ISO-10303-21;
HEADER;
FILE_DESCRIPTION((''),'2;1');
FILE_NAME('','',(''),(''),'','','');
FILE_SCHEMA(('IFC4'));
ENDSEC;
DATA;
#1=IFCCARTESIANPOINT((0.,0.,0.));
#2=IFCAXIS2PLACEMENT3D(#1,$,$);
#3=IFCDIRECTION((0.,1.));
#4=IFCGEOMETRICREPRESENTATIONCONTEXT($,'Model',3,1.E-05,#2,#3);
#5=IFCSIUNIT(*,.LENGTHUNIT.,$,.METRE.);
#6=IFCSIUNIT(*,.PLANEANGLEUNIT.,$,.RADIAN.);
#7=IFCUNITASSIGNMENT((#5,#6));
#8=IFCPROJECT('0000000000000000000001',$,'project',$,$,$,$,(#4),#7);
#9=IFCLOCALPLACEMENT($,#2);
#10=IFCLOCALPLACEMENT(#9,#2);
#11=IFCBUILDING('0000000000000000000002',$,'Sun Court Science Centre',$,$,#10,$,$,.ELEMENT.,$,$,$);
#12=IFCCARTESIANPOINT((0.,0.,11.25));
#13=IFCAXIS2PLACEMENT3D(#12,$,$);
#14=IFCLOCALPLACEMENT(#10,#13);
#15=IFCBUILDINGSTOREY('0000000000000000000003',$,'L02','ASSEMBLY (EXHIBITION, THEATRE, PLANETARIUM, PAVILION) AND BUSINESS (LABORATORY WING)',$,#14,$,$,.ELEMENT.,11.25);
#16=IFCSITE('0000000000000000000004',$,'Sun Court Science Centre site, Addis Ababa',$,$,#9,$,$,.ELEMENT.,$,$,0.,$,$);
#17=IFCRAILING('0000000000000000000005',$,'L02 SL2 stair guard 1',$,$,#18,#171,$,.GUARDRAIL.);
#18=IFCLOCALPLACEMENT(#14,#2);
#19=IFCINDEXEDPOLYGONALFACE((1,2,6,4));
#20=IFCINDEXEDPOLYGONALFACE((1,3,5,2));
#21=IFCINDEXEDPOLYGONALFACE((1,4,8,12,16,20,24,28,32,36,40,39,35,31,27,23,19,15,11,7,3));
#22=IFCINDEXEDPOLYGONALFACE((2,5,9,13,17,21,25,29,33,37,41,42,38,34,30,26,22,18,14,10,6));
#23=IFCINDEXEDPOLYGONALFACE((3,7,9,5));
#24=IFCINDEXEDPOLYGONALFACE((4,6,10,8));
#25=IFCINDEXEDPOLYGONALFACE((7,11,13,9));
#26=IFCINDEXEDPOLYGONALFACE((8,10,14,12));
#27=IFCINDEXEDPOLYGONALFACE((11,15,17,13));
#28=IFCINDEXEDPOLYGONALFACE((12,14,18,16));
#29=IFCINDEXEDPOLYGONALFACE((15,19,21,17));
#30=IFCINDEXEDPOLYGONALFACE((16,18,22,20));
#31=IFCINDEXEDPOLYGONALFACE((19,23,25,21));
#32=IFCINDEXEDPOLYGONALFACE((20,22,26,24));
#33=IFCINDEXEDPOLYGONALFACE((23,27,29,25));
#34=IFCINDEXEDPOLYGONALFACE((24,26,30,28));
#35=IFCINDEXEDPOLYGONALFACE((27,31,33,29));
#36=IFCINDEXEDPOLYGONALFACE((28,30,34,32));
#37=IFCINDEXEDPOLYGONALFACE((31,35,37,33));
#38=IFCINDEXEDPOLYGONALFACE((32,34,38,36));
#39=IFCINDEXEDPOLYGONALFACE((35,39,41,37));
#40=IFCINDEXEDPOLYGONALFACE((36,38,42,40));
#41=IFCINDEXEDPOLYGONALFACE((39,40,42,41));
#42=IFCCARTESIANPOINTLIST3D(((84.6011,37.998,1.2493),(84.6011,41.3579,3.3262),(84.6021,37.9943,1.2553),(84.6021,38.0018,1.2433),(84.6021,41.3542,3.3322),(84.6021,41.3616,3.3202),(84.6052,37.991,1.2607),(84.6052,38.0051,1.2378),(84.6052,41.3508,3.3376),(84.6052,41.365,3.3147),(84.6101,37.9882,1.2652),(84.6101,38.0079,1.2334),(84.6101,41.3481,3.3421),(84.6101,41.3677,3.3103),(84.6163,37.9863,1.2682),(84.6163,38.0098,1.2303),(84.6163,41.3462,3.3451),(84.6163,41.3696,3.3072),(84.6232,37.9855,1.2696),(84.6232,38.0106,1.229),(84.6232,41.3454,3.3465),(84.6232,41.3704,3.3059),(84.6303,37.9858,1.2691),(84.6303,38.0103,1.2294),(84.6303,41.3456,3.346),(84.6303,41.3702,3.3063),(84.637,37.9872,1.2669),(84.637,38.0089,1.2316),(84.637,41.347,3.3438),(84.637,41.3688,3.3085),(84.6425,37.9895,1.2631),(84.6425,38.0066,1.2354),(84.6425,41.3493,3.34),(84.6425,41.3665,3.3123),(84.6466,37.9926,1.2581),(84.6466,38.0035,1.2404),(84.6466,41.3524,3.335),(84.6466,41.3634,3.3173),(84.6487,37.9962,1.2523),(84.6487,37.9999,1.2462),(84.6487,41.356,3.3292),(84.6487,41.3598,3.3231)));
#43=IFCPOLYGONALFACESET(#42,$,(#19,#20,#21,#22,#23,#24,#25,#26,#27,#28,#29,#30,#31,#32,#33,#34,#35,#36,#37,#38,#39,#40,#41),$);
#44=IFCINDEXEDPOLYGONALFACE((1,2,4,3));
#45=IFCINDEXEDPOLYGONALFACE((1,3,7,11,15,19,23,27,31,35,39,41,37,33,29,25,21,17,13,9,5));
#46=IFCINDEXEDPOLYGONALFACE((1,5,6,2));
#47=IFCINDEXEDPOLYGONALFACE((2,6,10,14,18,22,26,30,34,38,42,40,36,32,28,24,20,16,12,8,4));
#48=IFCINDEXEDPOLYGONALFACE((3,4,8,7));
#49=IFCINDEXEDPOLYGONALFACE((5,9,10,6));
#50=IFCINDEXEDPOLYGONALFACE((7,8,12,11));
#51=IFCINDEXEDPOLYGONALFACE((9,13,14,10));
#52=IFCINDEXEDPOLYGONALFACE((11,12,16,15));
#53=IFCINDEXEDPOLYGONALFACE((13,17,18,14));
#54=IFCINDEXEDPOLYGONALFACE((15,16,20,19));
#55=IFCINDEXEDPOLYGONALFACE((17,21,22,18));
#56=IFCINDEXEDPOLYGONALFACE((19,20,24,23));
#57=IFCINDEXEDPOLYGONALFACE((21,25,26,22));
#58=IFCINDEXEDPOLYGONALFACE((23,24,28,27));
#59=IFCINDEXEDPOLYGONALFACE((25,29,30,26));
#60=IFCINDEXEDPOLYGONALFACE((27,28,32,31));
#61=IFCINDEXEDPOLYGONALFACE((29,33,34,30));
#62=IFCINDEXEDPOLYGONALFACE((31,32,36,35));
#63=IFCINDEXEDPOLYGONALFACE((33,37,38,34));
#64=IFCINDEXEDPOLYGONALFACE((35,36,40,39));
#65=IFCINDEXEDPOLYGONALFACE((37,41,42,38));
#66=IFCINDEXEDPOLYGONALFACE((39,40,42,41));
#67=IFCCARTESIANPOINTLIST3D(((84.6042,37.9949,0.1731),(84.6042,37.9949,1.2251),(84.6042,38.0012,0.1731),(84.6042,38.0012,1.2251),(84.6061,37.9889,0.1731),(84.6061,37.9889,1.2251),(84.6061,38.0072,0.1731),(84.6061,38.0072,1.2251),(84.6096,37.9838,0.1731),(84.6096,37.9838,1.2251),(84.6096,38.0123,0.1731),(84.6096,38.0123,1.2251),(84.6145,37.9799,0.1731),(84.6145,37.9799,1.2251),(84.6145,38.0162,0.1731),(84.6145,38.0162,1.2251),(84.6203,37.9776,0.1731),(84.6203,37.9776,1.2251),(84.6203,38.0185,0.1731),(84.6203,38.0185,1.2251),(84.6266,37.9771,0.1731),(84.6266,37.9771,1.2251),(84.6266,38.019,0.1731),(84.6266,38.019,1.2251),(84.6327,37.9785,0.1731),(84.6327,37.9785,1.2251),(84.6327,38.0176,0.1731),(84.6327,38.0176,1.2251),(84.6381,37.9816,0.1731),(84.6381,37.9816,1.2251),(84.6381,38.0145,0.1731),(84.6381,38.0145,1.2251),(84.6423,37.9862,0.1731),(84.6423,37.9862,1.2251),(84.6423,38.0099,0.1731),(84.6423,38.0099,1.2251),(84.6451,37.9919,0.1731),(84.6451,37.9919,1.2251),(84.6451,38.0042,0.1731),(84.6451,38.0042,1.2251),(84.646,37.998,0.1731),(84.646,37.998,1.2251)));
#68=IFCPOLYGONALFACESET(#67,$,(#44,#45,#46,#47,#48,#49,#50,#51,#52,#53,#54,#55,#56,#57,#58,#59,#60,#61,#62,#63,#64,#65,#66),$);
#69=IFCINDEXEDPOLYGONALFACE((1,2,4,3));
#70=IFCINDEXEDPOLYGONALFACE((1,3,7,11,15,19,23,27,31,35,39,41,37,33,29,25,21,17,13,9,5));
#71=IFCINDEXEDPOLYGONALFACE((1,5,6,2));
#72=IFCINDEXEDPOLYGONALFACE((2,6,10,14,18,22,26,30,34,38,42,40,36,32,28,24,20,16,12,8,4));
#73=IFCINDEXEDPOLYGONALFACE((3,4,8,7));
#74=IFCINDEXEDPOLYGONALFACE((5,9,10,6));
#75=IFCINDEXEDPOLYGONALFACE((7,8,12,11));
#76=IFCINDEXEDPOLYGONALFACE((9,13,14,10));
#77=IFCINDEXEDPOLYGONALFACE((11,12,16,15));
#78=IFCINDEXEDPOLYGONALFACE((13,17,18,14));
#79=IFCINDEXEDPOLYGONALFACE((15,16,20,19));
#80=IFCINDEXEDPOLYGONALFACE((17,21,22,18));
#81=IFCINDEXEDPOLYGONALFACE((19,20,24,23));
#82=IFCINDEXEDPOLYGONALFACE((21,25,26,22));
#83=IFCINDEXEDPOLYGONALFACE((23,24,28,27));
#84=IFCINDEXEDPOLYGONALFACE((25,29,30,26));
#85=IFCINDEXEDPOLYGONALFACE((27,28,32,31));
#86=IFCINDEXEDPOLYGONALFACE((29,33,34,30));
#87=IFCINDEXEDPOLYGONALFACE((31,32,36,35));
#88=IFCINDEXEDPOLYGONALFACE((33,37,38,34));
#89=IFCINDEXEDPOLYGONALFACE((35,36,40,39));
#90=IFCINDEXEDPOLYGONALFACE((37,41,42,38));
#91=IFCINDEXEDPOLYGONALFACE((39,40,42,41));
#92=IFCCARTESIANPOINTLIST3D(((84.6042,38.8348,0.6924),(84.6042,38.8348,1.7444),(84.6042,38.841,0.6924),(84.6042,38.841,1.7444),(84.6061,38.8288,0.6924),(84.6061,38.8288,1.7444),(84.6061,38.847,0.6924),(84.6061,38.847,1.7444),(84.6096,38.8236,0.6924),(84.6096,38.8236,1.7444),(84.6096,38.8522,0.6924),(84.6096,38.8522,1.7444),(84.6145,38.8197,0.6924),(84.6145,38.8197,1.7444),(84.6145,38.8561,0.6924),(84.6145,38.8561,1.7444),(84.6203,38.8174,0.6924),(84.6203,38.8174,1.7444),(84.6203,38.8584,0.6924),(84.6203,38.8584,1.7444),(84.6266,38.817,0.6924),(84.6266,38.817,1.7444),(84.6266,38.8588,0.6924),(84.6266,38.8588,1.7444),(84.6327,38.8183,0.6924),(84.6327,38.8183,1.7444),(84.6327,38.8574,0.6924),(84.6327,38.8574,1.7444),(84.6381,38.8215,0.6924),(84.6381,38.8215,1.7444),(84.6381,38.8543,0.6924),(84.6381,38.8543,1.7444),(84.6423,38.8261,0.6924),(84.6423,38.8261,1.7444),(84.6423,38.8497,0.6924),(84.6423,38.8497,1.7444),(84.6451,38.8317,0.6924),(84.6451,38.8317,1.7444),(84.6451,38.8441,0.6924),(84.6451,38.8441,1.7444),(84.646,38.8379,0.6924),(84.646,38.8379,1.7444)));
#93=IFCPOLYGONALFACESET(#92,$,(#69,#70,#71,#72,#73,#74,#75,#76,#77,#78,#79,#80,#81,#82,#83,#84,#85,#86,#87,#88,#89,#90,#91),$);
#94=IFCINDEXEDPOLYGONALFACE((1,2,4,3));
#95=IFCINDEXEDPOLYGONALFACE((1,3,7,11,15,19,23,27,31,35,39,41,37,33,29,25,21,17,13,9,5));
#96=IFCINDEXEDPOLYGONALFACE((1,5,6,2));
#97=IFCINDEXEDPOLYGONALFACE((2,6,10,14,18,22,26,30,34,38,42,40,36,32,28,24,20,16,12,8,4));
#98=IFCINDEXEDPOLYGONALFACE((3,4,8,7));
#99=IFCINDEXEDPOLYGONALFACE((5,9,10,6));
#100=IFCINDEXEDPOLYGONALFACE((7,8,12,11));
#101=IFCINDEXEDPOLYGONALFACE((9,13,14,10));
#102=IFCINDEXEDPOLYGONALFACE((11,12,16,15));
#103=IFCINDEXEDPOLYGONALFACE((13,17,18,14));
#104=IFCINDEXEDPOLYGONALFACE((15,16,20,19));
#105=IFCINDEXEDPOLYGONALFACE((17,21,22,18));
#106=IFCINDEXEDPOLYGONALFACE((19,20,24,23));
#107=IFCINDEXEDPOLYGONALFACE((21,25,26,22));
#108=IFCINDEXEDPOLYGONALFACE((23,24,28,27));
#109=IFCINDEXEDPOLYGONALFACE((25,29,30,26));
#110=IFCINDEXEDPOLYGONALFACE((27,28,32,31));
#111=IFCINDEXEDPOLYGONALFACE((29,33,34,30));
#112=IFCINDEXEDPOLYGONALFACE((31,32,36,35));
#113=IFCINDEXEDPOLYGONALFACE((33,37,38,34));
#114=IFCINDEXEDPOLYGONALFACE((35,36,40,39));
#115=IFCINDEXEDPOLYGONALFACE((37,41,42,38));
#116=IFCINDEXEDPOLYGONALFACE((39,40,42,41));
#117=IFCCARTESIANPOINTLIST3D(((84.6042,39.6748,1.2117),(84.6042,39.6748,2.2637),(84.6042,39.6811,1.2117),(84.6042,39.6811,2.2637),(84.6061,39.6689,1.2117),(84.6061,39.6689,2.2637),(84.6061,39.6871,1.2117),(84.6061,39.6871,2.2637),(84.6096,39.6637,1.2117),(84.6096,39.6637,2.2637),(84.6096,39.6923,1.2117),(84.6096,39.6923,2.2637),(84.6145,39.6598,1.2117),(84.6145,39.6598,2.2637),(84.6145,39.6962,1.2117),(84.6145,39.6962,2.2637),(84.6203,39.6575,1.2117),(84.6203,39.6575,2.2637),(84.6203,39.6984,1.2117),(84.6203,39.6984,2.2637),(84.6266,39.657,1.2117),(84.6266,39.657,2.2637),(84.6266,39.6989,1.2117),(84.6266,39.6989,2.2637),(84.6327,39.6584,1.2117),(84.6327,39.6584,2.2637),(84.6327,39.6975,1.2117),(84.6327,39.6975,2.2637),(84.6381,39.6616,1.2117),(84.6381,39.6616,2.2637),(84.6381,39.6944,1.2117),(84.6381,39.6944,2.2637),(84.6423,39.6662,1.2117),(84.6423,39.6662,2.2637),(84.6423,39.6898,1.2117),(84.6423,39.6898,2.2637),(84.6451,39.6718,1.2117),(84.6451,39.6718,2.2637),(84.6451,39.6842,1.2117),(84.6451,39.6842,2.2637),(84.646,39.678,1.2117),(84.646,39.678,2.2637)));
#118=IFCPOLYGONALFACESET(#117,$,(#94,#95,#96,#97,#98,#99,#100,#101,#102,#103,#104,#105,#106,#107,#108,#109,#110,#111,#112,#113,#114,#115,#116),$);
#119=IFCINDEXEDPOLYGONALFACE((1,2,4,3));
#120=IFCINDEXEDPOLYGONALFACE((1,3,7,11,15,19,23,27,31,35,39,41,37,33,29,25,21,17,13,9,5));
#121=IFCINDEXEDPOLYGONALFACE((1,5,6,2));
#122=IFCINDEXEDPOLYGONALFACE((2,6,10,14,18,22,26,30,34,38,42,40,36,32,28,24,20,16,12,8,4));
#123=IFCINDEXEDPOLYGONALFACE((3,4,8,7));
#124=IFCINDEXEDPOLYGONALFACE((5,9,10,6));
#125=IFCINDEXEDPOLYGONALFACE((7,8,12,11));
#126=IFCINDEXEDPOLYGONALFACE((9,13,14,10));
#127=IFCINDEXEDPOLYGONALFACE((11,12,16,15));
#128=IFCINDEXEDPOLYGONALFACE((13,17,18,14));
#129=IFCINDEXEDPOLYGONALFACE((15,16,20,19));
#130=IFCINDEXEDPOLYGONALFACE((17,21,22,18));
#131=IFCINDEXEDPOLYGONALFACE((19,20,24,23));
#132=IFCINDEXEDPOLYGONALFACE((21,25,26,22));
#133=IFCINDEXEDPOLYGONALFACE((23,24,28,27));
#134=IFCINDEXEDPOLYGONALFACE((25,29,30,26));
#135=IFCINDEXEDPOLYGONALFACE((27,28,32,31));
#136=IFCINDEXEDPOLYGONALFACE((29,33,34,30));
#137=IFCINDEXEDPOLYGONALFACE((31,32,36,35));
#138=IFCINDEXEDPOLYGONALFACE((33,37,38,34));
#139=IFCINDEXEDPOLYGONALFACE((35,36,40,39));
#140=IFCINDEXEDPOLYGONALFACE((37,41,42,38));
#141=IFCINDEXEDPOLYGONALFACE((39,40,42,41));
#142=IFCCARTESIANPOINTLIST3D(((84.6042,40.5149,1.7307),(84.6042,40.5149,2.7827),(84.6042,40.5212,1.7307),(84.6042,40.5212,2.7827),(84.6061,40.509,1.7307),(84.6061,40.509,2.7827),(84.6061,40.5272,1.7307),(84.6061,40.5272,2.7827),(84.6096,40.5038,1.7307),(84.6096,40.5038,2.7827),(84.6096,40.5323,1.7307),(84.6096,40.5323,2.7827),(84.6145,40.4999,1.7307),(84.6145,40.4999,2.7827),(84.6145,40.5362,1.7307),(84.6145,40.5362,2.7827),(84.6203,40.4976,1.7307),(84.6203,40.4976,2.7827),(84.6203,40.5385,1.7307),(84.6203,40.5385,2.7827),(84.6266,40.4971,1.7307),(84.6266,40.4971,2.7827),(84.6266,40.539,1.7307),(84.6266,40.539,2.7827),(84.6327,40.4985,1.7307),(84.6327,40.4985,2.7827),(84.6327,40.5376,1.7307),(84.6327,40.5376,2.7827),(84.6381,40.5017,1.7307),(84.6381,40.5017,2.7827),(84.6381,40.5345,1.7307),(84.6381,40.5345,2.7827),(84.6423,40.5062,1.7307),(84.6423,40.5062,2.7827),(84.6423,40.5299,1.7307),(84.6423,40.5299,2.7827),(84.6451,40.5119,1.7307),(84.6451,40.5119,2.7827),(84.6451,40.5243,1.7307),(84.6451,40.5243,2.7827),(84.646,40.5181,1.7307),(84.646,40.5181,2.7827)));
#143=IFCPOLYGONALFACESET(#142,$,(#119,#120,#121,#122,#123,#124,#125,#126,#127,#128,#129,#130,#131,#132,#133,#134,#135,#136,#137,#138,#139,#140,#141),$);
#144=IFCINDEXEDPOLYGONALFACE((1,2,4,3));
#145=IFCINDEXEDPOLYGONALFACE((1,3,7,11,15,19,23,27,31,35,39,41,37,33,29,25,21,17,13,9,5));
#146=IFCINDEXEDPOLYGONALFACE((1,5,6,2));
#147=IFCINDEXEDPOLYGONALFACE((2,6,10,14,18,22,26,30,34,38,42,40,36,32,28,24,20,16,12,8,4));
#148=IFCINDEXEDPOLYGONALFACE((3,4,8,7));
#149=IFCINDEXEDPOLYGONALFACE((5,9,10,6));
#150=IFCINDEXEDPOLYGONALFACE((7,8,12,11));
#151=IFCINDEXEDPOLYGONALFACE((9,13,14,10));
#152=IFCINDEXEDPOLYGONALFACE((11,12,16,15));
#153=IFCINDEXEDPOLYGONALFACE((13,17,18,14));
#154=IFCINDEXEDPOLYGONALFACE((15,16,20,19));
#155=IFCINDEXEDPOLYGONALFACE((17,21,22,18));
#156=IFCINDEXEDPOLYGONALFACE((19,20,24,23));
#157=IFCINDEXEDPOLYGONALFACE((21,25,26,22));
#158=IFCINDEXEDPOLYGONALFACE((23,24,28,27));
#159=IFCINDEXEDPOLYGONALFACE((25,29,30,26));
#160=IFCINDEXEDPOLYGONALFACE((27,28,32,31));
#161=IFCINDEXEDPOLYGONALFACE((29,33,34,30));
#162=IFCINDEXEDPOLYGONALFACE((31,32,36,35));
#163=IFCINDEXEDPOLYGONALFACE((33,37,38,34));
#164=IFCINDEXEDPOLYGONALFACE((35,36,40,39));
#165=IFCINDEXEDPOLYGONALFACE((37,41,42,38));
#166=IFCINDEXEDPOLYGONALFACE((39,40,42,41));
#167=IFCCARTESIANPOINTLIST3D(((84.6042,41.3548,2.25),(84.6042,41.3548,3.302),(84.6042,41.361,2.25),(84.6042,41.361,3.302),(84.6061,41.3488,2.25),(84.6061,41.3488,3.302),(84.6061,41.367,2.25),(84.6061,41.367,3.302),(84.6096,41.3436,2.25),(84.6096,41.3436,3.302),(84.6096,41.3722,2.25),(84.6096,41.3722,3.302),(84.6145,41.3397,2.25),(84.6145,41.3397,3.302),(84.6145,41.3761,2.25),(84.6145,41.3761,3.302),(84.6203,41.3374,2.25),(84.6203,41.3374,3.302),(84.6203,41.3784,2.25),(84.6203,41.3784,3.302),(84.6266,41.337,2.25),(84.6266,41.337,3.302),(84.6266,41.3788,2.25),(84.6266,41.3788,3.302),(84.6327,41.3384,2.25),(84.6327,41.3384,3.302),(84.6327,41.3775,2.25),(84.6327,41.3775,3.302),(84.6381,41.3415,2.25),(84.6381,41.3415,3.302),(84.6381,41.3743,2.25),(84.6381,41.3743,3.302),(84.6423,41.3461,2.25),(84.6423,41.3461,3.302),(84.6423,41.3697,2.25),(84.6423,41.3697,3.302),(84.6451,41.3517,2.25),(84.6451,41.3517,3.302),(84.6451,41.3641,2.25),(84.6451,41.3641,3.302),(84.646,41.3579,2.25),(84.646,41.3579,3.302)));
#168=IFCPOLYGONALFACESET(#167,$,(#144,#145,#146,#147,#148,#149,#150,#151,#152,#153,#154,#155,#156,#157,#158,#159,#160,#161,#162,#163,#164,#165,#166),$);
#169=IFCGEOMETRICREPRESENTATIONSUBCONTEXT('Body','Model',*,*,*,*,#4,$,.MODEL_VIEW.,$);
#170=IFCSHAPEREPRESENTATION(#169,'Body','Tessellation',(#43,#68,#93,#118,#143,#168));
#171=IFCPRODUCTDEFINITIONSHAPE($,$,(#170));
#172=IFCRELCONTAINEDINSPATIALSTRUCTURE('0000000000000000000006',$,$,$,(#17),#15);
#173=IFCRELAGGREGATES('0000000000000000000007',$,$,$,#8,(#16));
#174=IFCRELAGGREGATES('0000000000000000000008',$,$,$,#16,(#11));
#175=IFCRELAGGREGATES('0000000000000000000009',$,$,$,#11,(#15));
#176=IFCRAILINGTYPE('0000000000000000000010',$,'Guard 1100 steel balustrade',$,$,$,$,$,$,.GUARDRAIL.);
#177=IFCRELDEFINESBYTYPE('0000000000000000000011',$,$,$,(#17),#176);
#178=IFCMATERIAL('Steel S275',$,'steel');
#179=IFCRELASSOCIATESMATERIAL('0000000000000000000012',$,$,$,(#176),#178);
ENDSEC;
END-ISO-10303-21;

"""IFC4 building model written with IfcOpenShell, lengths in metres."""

from ifc_helpers import new_model, si_unit, direction, frame, origin, origin_2d, place, context, subcontext, project, spatial, circle, extrude, material, type_object, element, save


model = new_model("IFC4")

# Units and contexts
model_context = context("Model", 3, precision=1e-05, world=origin(), true_north=direction((0.0, 1.0)))
body_context = subcontext(model_context, "Body", "Model", "MODEL_VIEW")
ifc_project = project(units=[si_unit("LENGTHUNIT", "METRE"), si_unit("PLANEANGLEUNIT", "RADIAN")], contexts=[model_context])

# Site, building, storey
site_placement = place(None, origin())
site = spatial("IfcSite", under=ifc_project, at=site_placement, Name="Sun Court Science Centre site, Addis Ababa", CompositionType="ELEMENT", RefElevation=0.0)
building_placement = place(site_placement, origin())
building = spatial("IfcBuilding", under=site, at=building_placement, Name="Sun Court Science Centre", CompositionType="ELEMENT")
storey_placement = place(building_placement, frame((0.0, 0.0, 11.25)))
storey = spatial("IfcBuildingStorey", under=building, at=storey_placement, Name="L02", Description="ASSEMBLY (EXHIBITION, THEATRE, PLANETARIUM, PAVILION) AND BUSINESS (LABORATORY WING)", CompositionType="ELEMENT", Elevation=11.25)

# Railing
ifc_material_1 = material(Name="Steel S275", Category="steel")
railing_type_1 = type_object("IfcRailingType", Name="Guard 1100 steel balustrade", PredefinedType="GUARDRAIL", material=ifc_material_1)
railing_1_placement = place(storey_placement, frame((84.625, 37.998, 0.1731)))
element("IfcRailing", 1, at=railing_1_placement, inside=storey, type_object=railing_type_1, Name="L02 SL2 stair guard 1", PredefinedType="GUARDRAIL", context=body_context, shape_type="SweptSolid", body=[
    extrude(circle(Radius=0.0239, at=origin_2d()), frame((0.0, 0.0, 1.0762), z_axis=(0.0, 0.850606, 0.525803), x_axis=(-1.0, 0.0, 0.0)), (0.0, 0.0, 1.0), 3.95),
    extrude(circle(Radius=0.021, at=origin_2d()), origin(), (0.0, 0.0, 1.0), 1.052),
    extrude(circle(Radius=0.021, at=origin_2d()), frame((0.0, 0.8398, 0.5193)), (0.0, 0.0, 1.0), 1.052),
    extrude(circle(Radius=0.021, at=origin_2d()), frame((0.0, 1.6799, 1.0386)), (0.0, 0.0, 1.0), 1.052),
    extrude(circle(Radius=0.021, at=origin_2d()), frame((0.0, 2.52, 1.5576)), (0.0, 0.0, 1.0), 1.052),
    extrude(circle(Radius=0.021, at=origin_2d()), frame((0.0, 3.3599, 2.0769)), (0.0, 0.0, 1.0), 1.052),
])

save(model, "model.ifc")
